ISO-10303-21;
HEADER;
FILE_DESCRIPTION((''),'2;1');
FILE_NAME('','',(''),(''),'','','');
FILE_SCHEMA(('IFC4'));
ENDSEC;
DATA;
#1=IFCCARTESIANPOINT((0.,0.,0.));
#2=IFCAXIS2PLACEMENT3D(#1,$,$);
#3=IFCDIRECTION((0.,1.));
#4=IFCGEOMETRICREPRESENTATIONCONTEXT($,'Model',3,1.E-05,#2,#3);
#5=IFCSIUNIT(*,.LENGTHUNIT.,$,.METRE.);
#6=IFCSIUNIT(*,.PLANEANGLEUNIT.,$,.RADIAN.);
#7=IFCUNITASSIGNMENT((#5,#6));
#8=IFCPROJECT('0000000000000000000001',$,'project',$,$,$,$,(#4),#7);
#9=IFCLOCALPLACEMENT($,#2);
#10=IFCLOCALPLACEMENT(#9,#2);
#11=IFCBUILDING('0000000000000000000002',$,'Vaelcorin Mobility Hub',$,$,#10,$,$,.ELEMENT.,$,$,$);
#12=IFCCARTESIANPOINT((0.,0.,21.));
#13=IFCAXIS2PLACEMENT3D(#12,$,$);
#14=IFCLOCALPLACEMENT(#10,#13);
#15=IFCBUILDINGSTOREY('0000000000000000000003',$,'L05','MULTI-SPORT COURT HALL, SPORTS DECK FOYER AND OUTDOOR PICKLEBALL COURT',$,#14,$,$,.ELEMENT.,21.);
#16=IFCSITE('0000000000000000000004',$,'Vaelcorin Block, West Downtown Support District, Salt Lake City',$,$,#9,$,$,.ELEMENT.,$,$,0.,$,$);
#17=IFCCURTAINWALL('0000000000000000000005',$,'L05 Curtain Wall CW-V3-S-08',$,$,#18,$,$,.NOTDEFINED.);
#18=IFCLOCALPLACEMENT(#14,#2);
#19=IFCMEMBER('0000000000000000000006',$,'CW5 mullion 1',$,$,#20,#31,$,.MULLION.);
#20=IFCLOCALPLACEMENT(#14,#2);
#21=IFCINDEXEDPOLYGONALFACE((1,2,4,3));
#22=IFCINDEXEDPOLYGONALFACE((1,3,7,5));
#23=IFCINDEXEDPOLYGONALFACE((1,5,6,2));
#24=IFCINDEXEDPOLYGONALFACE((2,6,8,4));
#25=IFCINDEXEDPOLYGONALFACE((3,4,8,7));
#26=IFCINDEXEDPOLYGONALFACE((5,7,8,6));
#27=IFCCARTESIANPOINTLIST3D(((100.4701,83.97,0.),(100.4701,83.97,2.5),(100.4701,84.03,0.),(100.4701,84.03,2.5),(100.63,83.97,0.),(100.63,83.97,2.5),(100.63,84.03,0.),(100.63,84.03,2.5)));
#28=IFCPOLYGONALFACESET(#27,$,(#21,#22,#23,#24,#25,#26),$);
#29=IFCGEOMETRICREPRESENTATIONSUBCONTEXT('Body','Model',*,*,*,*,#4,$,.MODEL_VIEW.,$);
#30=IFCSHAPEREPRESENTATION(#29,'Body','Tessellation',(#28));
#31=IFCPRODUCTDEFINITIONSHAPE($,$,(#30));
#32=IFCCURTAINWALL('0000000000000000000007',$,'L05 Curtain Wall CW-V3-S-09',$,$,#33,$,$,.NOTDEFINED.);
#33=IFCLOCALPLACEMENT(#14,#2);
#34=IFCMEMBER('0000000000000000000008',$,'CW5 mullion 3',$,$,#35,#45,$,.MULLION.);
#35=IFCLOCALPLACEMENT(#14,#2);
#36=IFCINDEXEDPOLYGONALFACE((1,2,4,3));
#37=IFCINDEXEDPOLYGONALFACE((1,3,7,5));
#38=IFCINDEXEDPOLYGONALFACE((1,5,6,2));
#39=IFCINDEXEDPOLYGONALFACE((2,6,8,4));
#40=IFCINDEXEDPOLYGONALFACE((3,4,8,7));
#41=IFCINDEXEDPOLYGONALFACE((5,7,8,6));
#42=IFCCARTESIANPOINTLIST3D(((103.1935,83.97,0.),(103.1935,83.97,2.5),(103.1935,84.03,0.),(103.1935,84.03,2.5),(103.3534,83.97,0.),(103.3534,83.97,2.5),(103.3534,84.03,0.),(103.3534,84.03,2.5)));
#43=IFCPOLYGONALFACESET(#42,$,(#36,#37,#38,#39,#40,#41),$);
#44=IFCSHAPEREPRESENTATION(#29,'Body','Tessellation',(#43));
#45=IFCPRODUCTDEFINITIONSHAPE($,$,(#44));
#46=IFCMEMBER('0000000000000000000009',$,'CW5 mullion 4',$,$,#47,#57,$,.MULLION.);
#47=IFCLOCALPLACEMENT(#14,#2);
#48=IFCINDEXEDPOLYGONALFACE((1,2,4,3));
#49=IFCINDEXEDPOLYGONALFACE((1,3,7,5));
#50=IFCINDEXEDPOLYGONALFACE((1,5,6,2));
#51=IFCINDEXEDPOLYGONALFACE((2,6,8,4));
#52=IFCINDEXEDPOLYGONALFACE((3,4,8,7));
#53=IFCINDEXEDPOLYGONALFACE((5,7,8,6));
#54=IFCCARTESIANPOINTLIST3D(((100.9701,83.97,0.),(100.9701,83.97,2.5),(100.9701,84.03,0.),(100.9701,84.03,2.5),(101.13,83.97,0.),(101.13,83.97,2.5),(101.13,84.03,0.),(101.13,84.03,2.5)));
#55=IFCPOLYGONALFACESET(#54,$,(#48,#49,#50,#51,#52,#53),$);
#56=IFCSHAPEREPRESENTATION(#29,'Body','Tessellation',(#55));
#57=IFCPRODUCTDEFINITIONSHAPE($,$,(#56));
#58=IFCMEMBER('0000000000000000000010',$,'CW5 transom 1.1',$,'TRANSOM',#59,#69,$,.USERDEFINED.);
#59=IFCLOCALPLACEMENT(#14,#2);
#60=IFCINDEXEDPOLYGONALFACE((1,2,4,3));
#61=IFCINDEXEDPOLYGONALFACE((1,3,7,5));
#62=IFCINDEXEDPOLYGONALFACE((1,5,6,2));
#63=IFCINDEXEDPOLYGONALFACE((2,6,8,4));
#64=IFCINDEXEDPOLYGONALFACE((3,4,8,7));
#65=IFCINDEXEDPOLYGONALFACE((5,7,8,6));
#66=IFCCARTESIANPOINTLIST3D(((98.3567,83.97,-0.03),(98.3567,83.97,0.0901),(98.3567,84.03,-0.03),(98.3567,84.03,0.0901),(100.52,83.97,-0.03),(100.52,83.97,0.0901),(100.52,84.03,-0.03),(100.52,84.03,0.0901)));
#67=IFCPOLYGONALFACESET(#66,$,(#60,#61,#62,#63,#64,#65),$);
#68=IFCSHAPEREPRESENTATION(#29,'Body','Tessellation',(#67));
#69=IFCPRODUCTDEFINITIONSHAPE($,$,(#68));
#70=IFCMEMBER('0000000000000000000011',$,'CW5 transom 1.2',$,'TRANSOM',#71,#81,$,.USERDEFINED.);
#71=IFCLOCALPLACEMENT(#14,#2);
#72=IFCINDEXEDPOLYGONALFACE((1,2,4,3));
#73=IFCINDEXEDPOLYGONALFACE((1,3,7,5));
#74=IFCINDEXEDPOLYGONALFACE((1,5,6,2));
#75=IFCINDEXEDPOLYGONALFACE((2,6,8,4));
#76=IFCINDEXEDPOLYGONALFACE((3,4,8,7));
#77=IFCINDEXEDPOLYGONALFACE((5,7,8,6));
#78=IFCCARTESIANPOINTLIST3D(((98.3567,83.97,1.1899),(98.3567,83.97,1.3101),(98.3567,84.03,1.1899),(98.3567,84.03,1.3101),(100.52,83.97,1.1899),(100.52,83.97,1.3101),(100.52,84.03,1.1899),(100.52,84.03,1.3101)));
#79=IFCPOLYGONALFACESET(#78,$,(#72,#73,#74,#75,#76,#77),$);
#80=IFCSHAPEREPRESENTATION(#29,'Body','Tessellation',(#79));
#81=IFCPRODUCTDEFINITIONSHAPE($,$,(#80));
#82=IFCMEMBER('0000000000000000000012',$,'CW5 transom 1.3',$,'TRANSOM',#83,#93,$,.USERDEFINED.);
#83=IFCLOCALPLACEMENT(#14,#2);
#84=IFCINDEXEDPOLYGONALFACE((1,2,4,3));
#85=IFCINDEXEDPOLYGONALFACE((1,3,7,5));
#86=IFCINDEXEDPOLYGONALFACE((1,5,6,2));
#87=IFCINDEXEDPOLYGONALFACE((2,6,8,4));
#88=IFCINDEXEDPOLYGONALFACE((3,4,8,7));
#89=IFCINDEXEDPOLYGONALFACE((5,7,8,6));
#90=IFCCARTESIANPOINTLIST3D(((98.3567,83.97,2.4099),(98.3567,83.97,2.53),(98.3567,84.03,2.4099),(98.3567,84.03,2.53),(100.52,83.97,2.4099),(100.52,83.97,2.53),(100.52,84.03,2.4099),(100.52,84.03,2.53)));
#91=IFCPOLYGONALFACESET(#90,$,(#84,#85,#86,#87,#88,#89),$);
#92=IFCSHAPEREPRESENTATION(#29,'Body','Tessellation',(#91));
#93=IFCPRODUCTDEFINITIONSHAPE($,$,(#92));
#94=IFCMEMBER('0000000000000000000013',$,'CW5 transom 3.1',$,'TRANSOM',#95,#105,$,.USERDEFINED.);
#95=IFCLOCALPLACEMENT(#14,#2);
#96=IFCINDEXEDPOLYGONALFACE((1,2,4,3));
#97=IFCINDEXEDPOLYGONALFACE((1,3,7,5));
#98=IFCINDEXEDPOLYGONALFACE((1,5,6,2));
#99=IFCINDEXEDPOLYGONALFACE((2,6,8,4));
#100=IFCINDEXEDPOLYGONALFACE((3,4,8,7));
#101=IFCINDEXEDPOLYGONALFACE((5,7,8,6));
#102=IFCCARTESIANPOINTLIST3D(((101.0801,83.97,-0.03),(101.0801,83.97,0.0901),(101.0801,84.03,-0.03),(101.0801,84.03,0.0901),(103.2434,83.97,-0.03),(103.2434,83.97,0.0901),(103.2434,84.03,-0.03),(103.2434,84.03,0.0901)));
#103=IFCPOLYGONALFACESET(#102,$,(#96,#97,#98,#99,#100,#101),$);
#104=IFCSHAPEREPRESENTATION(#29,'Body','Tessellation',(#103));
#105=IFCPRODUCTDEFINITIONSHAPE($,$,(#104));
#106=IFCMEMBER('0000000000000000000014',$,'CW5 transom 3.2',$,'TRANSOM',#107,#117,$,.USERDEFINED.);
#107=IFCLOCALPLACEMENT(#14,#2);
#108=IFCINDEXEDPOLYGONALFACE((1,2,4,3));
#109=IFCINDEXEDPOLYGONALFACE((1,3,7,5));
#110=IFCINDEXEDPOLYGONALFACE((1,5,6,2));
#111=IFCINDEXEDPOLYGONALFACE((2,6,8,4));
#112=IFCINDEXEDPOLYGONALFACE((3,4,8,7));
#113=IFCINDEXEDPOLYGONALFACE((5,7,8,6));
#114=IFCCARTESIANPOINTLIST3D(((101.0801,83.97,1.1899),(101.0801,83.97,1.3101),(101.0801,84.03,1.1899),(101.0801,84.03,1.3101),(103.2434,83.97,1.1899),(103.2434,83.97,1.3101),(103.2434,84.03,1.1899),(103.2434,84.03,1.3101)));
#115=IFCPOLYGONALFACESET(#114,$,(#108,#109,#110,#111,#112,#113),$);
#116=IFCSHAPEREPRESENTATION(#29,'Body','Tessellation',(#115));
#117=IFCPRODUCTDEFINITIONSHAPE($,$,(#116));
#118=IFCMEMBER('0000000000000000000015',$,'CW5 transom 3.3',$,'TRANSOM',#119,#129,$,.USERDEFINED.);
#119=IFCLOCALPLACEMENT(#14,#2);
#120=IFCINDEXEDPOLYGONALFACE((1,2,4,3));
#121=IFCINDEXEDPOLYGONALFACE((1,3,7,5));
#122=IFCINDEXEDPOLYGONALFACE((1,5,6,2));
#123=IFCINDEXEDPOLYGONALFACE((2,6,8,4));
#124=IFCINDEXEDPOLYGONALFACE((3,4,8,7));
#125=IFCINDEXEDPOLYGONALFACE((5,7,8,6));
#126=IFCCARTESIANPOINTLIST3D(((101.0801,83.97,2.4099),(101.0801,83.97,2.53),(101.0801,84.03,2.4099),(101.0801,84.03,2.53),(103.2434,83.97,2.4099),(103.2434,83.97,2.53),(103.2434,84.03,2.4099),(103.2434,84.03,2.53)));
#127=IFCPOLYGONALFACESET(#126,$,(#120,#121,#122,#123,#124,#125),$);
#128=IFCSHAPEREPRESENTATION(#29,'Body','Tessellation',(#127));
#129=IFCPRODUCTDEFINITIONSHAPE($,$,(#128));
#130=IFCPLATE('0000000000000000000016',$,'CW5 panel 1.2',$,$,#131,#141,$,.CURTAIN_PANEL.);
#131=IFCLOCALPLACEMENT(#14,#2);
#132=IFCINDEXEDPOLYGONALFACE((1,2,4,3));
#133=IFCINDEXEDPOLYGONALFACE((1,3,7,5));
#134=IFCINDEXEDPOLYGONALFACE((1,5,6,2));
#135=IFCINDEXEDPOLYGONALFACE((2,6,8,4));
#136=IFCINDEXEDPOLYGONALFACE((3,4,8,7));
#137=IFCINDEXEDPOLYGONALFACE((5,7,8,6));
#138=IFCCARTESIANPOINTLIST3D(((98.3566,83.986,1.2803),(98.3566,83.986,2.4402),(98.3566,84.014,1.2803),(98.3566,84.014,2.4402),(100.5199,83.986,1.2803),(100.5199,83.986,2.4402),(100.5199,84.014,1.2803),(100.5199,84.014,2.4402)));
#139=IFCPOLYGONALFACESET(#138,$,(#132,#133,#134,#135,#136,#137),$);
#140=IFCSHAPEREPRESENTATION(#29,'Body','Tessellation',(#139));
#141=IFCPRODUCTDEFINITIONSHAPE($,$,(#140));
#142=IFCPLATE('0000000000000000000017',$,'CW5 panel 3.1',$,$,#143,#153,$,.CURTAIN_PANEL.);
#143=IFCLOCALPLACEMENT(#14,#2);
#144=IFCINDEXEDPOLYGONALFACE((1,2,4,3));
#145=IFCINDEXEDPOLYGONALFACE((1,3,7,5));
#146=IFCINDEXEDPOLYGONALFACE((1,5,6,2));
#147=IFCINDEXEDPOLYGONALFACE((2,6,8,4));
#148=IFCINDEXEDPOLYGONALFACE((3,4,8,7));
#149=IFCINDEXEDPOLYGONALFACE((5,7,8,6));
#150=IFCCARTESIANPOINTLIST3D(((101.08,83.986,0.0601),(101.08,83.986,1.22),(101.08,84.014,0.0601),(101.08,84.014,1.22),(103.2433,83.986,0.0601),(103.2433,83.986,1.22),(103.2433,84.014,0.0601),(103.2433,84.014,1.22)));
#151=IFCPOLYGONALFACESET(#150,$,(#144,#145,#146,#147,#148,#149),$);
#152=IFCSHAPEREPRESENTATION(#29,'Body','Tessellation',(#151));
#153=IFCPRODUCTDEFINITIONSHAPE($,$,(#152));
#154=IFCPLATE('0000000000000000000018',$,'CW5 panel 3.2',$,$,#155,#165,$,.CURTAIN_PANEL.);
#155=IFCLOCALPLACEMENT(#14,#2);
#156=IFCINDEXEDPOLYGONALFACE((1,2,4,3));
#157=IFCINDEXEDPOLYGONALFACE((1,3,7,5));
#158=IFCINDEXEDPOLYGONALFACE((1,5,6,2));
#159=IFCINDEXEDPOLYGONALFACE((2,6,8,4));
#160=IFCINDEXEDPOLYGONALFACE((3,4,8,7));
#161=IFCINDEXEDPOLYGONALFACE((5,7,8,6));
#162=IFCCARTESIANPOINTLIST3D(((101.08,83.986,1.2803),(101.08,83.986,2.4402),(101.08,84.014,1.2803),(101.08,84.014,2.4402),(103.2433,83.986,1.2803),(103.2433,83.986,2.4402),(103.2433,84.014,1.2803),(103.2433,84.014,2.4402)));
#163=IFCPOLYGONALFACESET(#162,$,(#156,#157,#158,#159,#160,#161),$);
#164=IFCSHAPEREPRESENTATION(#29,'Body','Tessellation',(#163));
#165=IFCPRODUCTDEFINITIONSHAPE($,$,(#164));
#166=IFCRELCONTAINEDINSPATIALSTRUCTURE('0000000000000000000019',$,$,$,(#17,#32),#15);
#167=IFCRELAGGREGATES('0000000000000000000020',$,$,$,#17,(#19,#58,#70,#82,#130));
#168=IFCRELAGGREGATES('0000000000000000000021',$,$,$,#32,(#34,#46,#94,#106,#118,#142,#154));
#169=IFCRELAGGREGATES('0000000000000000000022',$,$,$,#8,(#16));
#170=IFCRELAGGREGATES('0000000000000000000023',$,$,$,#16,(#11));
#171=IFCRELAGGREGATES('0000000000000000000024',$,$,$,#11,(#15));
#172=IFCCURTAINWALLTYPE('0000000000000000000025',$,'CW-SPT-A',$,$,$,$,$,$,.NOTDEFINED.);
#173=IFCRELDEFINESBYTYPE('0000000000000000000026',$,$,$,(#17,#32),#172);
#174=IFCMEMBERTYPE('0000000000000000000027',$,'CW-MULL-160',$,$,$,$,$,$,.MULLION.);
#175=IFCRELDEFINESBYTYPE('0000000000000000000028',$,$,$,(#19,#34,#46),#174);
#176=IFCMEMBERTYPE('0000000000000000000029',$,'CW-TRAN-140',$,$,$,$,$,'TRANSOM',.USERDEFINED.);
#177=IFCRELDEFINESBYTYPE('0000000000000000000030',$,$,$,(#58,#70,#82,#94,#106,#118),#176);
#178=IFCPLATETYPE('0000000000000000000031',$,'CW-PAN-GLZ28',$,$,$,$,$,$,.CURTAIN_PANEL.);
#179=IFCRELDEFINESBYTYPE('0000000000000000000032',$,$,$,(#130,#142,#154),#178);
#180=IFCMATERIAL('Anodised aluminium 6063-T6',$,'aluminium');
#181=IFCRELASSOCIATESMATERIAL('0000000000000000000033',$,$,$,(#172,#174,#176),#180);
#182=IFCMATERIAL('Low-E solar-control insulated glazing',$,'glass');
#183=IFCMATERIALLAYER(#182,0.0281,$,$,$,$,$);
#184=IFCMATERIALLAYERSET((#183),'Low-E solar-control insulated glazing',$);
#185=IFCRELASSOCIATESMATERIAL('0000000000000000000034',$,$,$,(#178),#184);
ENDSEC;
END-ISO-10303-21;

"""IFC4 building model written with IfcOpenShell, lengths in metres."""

from ifc_helpers import new_model, si_unit, direction, frame, origin, origin_2d, place, context, subcontext, project, spatial, rectangle, extrude, material, layer, layer_set, material_profile, profile_set, type_object, element, aggregate, save


model = new_model("IFC4")

# Units and contexts
model_context = context("Model", 3, precision=1e-05, world=origin(), true_north=direction((0.0, 1.0)))
body_context = subcontext(model_context, "Body", "Model", "MODEL_VIEW")
ifc_project = project(units=[si_unit("LENGTHUNIT", "METRE"), si_unit("PLANEANGLEUNIT", "RADIAN")], contexts=[model_context])

# Site, building, storey
site_placement = place(None, origin())
site = spatial("IfcSite", under=ifc_project, at=site_placement, Name="Vaelcorin Block, West Downtown Support District, Salt Lake City", CompositionType="ELEMENT", RefElevation=0.0)
building_placement = place(site_placement, origin())
building = spatial("IfcBuilding", under=site, at=building_placement, Name="Vaelcorin Mobility Hub", CompositionType="ELEMENT")
storey_placement = place(building_placement, frame((0.0, 0.0, 21.0)))
storey = spatial("IfcBuildingStorey", under=building, at=storey_placement, Name="L05", Description="MULTI-SPORT COURT HALL, SPORTS DECK FOYER AND OUTDOOR PICKLEBALL COURT", CompositionType="ELEMENT", Elevation=21.0)

# Curtain wall, member
ifc_material_1 = material(Name="Anodised aluminium 6063-T6", Category="aluminium")
curtain_wall_type = type_object("IfcCurtainWallType", Name="CW-SPT-A", PredefinedType="NOTDEFINED", material=ifc_material_1)
curtain_wall_1_placement = place(storey_placement, origin())
curtain_wall_1 = element("IfcCurtainWall", 1, at=curtain_wall_1_placement, inside=storey, type_object=curtain_wall_type, Name="L05 Curtain Wall CW-V3-S-08", PredefinedType="NOTDEFINED")
ifc_material_profile_1 = material_profile(ifc_material_1, rectangle(XDim=0.0601, YDim=0.1599, at=origin_2d()), Name="ALU-M60X160")
ifc_profile_set_1 = profile_set([ifc_material_profile_1], Name="Anodised aluminium 6063-T6")
member_type_1 = type_object("IfcMemberType", Name="CW-MULL-160", PredefinedType="MULLION", material=ifc_profile_set_1)
member_1_placement = place(storey_placement, frame((100.55, 84.0, 0.0), z_axis=(0.0, 0.0, 1.0), x_axis=(0.0, -1.0, 0.0)))
member_1 = element("IfcMember", 2, at=member_1_placement, type_object=member_type_1, Name="CW5 mullion 1", PredefinedType="MULLION", context=body_context, shape_type="SweptSolid", body=[
    extrude(rectangle(XDim=0.0601, YDim=0.1599, at=origin_2d()), origin(), (0.0, 0.0, 1.0), 2.5),
])

# Curtain wall, members
curtain_wall_2_placement = place(storey_placement, origin())
curtain_wall_2 = element("IfcCurtainWall", 3, at=curtain_wall_2_placement, inside=storey, type_object=curtain_wall_type, Name="L05 Curtain Wall CW-V3-S-09", PredefinedType="NOTDEFINED")
member_2_placement = place(storey_placement, frame((103.2734, 84.0, 0.0), z_axis=(0.0, 0.0, 1.0), x_axis=(0.0, -1.0, 0.0)))
member_2 = element("IfcMember", 4, at=member_2_placement, type_object=member_type_1, Name="CW5 mullion 3", PredefinedType="MULLION", context=body_context, shape_type="SweptSolid", body=[
    extrude(rectangle(XDim=0.0601, YDim=0.1599, at=origin_2d()), origin(), (0.0, 0.0, 1.0), 2.5),
])
member_3_placement = place(storey_placement, frame((101.05, 84.0, 0.0), z_axis=(0.0, 0.0, 1.0), x_axis=(0.0, -1.0, 0.0)))
member_3 = element("IfcMember", 5, at=member_3_placement, type_object=member_type_1, Name="CW5 mullion 4", PredefinedType="MULLION", context=body_context, shape_type="SweptSolid", body=[
    extrude(rectangle(XDim=0.0601, YDim=0.1599, at=origin_2d()), origin(), (0.0, 0.0, 1.0), 2.5),
])

# Members
ifc_material_profile_2 = material_profile(ifc_material_1, rectangle(XDim=0.0601, YDim=0.1201, at=origin_2d()), Name="ALU-T60X120")
ifc_profile_set_2 = profile_set([ifc_material_profile_2], Name="Anodised aluminium 6063-T6")
member_type_2 = type_object("IfcMemberType", Name="CW-TRAN-140", ElementType="TRANSOM", PredefinedType="USERDEFINED", material=ifc_profile_set_2)
member_4_placement = place(storey_placement, frame((100.52, 84.0, 0.03), z_axis=(-1.0, 0.0, 0.0), x_axis=(0.0, -1.0, 0.0)))
member_4 = element("IfcMember", 6, at=member_4_placement, type_object=member_type_2, Name="CW5 transom 1.1", ObjectType="TRANSOM", PredefinedType="USERDEFINED", context=body_context, shape_type="SweptSolid", body=[
    extrude(rectangle(XDim=0.0601, YDim=0.1201, at=origin_2d()), origin(), (0.0, 0.0, 1.0), 2.1633),
])
member_5_placement = place(storey_placement, frame((100.52, 84.0, 1.25), z_axis=(-1.0, 0.0, 0.0), x_axis=(0.0, -1.0, 0.0)))
member_5 = element("IfcMember", 7, at=member_5_placement, type_object=member_type_2, Name="CW5 transom 1.2", ObjectType="TRANSOM", PredefinedType="USERDEFINED", context=body_context, shape_type="SweptSolid", body=[
    extrude(rectangle(XDim=0.0601, YDim=0.1201, at=origin_2d()), origin(), (0.0, 0.0, 1.0), 2.1633),
])
member_6_placement = place(storey_placement, frame((100.52, 84.0, 2.47), z_axis=(-1.0, 0.0, 0.0), x_axis=(0.0, -1.0, 0.0)))
member_6 = element("IfcMember", 8, at=member_6_placement, type_object=member_type_2, Name="CW5 transom 1.3", ObjectType="TRANSOM", PredefinedType="USERDEFINED", context=body_context, shape_type="SweptSolid", body=[
    extrude(rectangle(XDim=0.0601, YDim=0.1201, at=origin_2d()), origin(), (0.0, 0.0, 1.0), 2.1633),
])
member_7_placement = place(storey_placement, frame((103.2434, 84.0, 0.03), z_axis=(-1.0, 0.0, 0.0), x_axis=(0.0, -1.0, 0.0)))
member_7 = element("IfcMember", 9, at=member_7_placement, type_object=member_type_2, Name="CW5 transom 3.1", ObjectType="TRANSOM", PredefinedType="USERDEFINED", context=body_context, shape_type="SweptSolid", body=[
    extrude(rectangle(XDim=0.0601, YDim=0.1201, at=origin_2d()), origin(), (0.0, 0.0, 1.0), 2.1633),
])
member_8_placement = place(storey_placement, frame((103.2434, 84.0, 1.25), z_axis=(-1.0, 0.0, 0.0), x_axis=(0.0, -1.0, 0.0)))
member_8 = element("IfcMember", 10, at=member_8_placement, type_object=member_type_2, Name="CW5 transom 3.2", ObjectType="TRANSOM", PredefinedType="USERDEFINED", context=body_context, shape_type="SweptSolid", body=[
    extrude(rectangle(XDim=0.0601, YDim=0.1201, at=origin_2d()), origin(), (0.0, 0.0, 1.0), 2.1633),
])
member_9_placement = place(storey_placement, frame((103.2434, 84.0, 2.47), z_axis=(-1.0, 0.0, 0.0), x_axis=(0.0, -1.0, 0.0)))
member_9 = element("IfcMember", 11, at=member_9_placement, type_object=member_type_2, Name="CW5 transom 3.3", ObjectType="TRANSOM", PredefinedType="USERDEFINED", context=body_context, shape_type="SweptSolid", body=[
    extrude(rectangle(XDim=0.0601, YDim=0.1201, at=origin_2d()), origin(), (0.0, 0.0, 1.0), 2.1633),
])

# Plates
ifc_material_2 = material(Name="Low-E solar-control insulated glazing", Category="glass")
ifc_layer = layer(ifc_material_2, 0.0281)
ifc_layer_set = layer_set([ifc_layer], Name="Low-E solar-control insulated glazing")
plate_type = type_object("IfcPlateType", Name="CW-PAN-GLZ28", PredefinedType="CURTAIN_PANEL", material=ifc_layer_set)
plate_1_placement = place(storey_placement, frame((99.4382, 84.0, 1.2803), z_axis=(0.0, 0.0, 1.0), x_axis=(-1.0, 0.0, 0.0)))
plate_1 = element("IfcPlate", 12, at=plate_1_placement, type_object=plate_type, Name="CW5 panel 1.2", PredefinedType="CURTAIN_PANEL", context=body_context, shape_type="SweptSolid", body=[
    extrude(rectangle(XDim=2.1633, YDim=0.0281, at=origin_2d()), origin(), (0.0, 0.0, 1.0), 1.1599),
])
aggregate(curtain_wall_1, [member_1, member_4, member_5, member_6, plate_1])
plate_2_placement = place(storey_placement, frame((102.1616, 84.0, 0.0601), z_axis=(0.0, 0.0, 1.0), x_axis=(-1.0, 0.0, 0.0)))
plate_2 = element("IfcPlate", 13, at=plate_2_placement, type_object=plate_type, Name="CW5 panel 3.1", PredefinedType="CURTAIN_PANEL", context=body_context, shape_type="SweptSolid", body=[
    extrude(rectangle(XDim=2.1633, YDim=0.0281, at=origin_2d()), origin(), (0.0, 0.0, 1.0), 1.1599),
])
plate_3_placement = place(storey_placement, frame((102.1616, 84.0, 1.2803), z_axis=(0.0, 0.0, 1.0), x_axis=(-1.0, 0.0, 0.0)))
plate_3 = element("IfcPlate", 14, at=plate_3_placement, type_object=plate_type, Name="CW5 panel 3.2", PredefinedType="CURTAIN_PANEL", context=body_context, shape_type="SweptSolid", body=[
    extrude(rectangle(XDim=2.1633, YDim=0.0281, at=origin_2d()), origin(), (0.0, 0.0, 1.0), 1.1599),
])
aggregate(curtain_wall_2, [member_2, member_3, member_7, member_8, member_9, plate_2, plate_3])

save(model, "model.ifc")
